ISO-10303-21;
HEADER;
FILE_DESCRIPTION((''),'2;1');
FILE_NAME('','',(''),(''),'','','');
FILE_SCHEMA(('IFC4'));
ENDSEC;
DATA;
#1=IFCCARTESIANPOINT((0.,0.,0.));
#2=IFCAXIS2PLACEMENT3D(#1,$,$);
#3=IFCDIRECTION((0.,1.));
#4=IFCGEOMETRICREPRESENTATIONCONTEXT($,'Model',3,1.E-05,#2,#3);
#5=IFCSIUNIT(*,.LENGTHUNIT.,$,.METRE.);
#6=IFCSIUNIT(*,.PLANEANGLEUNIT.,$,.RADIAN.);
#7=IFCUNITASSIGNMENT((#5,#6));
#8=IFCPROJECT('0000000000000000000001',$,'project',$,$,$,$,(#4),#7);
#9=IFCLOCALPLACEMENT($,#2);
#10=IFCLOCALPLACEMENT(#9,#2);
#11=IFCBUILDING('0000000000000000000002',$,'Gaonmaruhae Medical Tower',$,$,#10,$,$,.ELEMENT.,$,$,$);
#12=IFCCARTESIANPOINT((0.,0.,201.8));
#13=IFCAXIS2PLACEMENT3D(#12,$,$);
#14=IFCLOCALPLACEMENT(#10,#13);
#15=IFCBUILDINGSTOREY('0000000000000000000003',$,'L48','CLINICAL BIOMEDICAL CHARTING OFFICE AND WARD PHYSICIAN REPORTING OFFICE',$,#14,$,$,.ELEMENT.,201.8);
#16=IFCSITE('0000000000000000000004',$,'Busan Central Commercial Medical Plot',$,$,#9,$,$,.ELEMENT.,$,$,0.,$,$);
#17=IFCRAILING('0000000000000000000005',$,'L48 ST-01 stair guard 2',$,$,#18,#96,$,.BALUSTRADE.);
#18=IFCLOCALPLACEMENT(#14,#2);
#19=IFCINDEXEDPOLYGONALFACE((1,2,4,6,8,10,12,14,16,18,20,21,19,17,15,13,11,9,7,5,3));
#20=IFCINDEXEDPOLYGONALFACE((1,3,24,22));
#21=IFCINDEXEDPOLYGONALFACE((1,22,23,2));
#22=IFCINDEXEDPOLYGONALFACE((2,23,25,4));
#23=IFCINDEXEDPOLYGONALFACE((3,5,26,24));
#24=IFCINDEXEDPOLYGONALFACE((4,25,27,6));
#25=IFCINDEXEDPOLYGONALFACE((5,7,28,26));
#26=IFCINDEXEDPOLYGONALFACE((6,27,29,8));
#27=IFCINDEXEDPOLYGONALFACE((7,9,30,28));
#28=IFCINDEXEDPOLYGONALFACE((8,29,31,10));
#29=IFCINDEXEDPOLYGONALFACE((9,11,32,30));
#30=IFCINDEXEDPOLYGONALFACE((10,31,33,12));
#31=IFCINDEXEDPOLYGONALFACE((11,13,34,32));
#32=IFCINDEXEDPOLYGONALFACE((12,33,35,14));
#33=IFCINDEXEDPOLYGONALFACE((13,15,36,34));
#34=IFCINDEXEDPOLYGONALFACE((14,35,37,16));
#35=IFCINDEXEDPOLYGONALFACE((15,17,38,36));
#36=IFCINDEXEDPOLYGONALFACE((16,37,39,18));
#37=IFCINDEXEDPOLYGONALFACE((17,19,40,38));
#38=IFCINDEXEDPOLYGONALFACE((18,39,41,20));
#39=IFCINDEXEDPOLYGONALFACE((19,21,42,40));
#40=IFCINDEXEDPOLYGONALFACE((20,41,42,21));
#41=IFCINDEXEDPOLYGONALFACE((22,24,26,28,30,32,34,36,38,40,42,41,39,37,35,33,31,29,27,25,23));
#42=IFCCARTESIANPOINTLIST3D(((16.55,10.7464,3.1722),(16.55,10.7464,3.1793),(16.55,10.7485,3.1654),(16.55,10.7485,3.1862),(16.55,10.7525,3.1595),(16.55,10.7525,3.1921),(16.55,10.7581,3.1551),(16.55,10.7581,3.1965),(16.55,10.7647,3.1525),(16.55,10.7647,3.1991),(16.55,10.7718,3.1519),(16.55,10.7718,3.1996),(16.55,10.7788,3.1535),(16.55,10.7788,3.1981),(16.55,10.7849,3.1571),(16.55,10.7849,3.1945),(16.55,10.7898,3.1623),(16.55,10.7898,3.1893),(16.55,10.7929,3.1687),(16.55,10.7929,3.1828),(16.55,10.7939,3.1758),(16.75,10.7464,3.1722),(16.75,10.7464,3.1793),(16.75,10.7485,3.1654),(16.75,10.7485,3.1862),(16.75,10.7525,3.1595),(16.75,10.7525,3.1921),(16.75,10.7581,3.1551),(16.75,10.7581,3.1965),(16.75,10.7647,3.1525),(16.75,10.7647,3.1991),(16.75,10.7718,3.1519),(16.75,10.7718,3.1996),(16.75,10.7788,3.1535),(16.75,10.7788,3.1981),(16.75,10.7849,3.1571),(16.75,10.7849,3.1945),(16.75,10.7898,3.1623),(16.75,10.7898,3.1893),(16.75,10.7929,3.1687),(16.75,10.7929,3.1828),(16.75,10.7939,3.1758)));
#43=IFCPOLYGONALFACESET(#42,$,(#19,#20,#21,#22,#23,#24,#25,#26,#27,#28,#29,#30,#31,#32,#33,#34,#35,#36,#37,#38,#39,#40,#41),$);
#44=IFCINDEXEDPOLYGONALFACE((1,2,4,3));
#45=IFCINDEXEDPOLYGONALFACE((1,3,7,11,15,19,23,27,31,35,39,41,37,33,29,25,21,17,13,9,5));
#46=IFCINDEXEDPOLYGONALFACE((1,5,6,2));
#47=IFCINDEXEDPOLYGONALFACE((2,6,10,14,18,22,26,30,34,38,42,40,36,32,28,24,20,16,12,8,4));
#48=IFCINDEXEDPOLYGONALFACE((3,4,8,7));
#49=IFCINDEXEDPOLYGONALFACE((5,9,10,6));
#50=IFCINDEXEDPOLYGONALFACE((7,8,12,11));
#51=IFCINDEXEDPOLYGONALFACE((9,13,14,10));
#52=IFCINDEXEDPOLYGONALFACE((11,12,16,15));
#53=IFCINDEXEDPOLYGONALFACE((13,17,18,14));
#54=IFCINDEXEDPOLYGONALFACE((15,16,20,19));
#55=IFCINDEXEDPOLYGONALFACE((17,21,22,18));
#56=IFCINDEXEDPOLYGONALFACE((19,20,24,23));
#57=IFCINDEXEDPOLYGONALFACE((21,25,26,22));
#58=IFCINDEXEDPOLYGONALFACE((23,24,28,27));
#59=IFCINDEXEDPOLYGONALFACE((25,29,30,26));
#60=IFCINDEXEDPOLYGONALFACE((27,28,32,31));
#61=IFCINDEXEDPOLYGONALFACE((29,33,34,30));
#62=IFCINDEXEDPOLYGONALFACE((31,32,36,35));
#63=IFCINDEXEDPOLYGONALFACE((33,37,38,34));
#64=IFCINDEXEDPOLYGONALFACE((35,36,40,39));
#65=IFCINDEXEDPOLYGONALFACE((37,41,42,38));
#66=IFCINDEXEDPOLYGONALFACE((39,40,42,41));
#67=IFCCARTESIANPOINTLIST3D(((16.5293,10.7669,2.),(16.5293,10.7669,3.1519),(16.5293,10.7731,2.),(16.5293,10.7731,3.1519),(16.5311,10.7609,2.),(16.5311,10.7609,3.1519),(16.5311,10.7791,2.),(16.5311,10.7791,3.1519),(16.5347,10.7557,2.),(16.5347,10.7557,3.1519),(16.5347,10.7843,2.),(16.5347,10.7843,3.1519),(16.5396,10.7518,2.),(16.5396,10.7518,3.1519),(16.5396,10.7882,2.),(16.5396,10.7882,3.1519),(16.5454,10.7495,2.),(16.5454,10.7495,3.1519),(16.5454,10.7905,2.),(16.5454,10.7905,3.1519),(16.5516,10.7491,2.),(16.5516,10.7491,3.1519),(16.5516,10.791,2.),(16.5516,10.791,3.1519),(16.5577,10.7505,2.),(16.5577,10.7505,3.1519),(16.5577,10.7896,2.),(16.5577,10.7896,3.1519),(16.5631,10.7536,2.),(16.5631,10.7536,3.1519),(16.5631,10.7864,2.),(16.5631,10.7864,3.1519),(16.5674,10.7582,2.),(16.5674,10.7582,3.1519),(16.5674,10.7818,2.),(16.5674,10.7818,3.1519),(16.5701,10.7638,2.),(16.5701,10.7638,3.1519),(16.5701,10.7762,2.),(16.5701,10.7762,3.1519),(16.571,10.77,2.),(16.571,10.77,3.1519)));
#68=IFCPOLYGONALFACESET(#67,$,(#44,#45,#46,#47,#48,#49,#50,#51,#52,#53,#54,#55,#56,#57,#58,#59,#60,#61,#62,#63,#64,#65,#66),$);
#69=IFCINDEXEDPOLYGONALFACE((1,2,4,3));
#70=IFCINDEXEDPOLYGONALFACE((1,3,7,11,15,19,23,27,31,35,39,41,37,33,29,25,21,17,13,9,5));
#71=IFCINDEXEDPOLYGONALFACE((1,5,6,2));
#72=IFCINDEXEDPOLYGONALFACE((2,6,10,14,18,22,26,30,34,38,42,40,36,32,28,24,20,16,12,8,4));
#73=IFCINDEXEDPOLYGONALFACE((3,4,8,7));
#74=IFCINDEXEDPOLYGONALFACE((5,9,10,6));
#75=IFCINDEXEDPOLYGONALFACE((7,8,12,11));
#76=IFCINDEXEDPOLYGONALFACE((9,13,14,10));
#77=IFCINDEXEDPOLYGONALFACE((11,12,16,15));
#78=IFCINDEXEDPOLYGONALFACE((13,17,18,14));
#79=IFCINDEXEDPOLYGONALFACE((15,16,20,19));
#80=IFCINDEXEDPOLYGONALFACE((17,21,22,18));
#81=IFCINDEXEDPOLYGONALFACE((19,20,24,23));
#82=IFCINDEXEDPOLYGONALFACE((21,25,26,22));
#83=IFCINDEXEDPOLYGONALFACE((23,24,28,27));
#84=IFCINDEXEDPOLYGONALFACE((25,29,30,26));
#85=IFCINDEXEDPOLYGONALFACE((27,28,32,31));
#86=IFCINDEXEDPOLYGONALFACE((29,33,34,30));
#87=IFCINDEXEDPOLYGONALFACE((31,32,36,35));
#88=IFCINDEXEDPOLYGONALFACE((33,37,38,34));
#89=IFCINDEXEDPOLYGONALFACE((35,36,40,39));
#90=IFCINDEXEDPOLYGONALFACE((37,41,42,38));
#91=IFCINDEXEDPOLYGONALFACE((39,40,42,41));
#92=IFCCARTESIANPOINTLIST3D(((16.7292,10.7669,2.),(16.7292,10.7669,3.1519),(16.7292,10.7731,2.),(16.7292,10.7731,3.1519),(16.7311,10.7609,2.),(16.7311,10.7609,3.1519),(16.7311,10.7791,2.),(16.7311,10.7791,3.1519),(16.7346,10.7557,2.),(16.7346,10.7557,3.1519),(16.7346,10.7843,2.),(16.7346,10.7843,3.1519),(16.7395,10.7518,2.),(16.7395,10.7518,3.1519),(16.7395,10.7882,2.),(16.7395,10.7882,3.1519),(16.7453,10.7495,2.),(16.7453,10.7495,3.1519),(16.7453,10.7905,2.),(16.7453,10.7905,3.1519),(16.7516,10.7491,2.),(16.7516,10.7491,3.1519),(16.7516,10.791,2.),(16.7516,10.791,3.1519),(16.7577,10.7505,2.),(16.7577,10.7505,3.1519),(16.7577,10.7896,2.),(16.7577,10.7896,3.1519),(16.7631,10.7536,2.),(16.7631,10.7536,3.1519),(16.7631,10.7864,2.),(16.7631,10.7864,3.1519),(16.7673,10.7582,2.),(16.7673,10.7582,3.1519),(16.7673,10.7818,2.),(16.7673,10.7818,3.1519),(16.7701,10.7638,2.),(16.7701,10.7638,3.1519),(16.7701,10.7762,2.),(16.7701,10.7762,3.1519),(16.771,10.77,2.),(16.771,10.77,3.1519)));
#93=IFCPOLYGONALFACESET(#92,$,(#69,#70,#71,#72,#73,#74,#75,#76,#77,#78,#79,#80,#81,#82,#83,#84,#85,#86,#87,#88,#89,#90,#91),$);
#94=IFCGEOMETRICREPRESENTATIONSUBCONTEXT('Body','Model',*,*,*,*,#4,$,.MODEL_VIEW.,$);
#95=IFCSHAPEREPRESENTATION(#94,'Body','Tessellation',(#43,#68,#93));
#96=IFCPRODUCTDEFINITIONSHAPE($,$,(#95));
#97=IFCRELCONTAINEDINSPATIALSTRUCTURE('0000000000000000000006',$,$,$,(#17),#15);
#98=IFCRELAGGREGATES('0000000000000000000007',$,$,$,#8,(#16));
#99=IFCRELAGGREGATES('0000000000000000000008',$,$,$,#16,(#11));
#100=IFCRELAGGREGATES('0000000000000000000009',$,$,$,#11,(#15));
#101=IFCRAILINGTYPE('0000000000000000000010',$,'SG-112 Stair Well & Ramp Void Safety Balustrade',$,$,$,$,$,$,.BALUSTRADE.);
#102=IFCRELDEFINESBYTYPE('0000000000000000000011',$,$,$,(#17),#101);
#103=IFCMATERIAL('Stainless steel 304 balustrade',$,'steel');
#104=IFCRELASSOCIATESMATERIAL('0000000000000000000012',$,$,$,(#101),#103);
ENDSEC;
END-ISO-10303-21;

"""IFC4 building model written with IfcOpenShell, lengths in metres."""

from ifc_helpers import new_model, si_unit, direction, frame, origin, origin_2d, place, context, subcontext, project, spatial, circle, extrude, material, type_object, element, save


model = new_model("IFC4")

# Units and contexts
model_context = context("Model", 3, precision=1e-05, world=origin(), true_north=direction((0.0, 1.0)))
body_context = subcontext(model_context, "Body", "Model", "MODEL_VIEW")
ifc_project = project(units=[si_unit("LENGTHUNIT", "METRE"), si_unit("PLANEANGLEUNIT", "RADIAN")], contexts=[model_context])

# Site, building, storey
site_placement = place(None, origin())
site = spatial("IfcSite", under=ifc_project, at=site_placement, Name="Busan Central Commercial Medical Plot", CompositionType="ELEMENT", RefElevation=0.0)
building_placement = place(site_placement, origin())
building = spatial("IfcBuilding", under=site, at=building_placement, Name="Gaonmaruhae Medical Tower", CompositionType="ELEMENT")
storey_placement = place(building_placement, frame((0.0, 0.0, 201.8)))
storey = spatial("IfcBuildingStorey", under=building, at=storey_placement, Name="L48", Description="CLINICAL BIOMEDICAL CHARTING OFFICE AND WARD PHYSICIAN REPORTING OFFICE", CompositionType="ELEMENT", Elevation=201.8)

# Railing
ifc_material_1 = material(Name="Stainless steel 304 balustrade", Category="steel")
railing_type_1 = type_object("IfcRailingType", Name="SG-112 Stair Well & Ramp Void Safety Balustrade", PredefinedType="BALUSTRADE", material=ifc_material_1)
railing_1_placement = place(storey_placement, frame((16.55, 10.77, 2.0)))
element("IfcRailing", 1, at=railing_1_placement, inside=storey, type_object=railing_type_1, Name="L48 ST-01 stair guard 2", PredefinedType="BALUSTRADE", context=body_context, shape_type="SweptSolid", body=[
    extrude(circle(Radius=0.0239, at=origin_2d()), frame((0.0, 0.0, 1.1758), z_axis=(1.0, 0.0, 0.0), x_axis=(0.0, 1.0, 0.0)), (0.0, 0.0, 1.0), 0.2),
    extrude(circle(Radius=0.021, at=origin_2d()), origin(), (0.0, 0.0, 1.0), 1.1519),
    extrude(circle(Radius=0.021, at=origin_2d()), frame((0.2, 0.0, 0.0)), (0.0, 0.0, 1.0), 1.1519),
])

save(model, "model.ifc")
